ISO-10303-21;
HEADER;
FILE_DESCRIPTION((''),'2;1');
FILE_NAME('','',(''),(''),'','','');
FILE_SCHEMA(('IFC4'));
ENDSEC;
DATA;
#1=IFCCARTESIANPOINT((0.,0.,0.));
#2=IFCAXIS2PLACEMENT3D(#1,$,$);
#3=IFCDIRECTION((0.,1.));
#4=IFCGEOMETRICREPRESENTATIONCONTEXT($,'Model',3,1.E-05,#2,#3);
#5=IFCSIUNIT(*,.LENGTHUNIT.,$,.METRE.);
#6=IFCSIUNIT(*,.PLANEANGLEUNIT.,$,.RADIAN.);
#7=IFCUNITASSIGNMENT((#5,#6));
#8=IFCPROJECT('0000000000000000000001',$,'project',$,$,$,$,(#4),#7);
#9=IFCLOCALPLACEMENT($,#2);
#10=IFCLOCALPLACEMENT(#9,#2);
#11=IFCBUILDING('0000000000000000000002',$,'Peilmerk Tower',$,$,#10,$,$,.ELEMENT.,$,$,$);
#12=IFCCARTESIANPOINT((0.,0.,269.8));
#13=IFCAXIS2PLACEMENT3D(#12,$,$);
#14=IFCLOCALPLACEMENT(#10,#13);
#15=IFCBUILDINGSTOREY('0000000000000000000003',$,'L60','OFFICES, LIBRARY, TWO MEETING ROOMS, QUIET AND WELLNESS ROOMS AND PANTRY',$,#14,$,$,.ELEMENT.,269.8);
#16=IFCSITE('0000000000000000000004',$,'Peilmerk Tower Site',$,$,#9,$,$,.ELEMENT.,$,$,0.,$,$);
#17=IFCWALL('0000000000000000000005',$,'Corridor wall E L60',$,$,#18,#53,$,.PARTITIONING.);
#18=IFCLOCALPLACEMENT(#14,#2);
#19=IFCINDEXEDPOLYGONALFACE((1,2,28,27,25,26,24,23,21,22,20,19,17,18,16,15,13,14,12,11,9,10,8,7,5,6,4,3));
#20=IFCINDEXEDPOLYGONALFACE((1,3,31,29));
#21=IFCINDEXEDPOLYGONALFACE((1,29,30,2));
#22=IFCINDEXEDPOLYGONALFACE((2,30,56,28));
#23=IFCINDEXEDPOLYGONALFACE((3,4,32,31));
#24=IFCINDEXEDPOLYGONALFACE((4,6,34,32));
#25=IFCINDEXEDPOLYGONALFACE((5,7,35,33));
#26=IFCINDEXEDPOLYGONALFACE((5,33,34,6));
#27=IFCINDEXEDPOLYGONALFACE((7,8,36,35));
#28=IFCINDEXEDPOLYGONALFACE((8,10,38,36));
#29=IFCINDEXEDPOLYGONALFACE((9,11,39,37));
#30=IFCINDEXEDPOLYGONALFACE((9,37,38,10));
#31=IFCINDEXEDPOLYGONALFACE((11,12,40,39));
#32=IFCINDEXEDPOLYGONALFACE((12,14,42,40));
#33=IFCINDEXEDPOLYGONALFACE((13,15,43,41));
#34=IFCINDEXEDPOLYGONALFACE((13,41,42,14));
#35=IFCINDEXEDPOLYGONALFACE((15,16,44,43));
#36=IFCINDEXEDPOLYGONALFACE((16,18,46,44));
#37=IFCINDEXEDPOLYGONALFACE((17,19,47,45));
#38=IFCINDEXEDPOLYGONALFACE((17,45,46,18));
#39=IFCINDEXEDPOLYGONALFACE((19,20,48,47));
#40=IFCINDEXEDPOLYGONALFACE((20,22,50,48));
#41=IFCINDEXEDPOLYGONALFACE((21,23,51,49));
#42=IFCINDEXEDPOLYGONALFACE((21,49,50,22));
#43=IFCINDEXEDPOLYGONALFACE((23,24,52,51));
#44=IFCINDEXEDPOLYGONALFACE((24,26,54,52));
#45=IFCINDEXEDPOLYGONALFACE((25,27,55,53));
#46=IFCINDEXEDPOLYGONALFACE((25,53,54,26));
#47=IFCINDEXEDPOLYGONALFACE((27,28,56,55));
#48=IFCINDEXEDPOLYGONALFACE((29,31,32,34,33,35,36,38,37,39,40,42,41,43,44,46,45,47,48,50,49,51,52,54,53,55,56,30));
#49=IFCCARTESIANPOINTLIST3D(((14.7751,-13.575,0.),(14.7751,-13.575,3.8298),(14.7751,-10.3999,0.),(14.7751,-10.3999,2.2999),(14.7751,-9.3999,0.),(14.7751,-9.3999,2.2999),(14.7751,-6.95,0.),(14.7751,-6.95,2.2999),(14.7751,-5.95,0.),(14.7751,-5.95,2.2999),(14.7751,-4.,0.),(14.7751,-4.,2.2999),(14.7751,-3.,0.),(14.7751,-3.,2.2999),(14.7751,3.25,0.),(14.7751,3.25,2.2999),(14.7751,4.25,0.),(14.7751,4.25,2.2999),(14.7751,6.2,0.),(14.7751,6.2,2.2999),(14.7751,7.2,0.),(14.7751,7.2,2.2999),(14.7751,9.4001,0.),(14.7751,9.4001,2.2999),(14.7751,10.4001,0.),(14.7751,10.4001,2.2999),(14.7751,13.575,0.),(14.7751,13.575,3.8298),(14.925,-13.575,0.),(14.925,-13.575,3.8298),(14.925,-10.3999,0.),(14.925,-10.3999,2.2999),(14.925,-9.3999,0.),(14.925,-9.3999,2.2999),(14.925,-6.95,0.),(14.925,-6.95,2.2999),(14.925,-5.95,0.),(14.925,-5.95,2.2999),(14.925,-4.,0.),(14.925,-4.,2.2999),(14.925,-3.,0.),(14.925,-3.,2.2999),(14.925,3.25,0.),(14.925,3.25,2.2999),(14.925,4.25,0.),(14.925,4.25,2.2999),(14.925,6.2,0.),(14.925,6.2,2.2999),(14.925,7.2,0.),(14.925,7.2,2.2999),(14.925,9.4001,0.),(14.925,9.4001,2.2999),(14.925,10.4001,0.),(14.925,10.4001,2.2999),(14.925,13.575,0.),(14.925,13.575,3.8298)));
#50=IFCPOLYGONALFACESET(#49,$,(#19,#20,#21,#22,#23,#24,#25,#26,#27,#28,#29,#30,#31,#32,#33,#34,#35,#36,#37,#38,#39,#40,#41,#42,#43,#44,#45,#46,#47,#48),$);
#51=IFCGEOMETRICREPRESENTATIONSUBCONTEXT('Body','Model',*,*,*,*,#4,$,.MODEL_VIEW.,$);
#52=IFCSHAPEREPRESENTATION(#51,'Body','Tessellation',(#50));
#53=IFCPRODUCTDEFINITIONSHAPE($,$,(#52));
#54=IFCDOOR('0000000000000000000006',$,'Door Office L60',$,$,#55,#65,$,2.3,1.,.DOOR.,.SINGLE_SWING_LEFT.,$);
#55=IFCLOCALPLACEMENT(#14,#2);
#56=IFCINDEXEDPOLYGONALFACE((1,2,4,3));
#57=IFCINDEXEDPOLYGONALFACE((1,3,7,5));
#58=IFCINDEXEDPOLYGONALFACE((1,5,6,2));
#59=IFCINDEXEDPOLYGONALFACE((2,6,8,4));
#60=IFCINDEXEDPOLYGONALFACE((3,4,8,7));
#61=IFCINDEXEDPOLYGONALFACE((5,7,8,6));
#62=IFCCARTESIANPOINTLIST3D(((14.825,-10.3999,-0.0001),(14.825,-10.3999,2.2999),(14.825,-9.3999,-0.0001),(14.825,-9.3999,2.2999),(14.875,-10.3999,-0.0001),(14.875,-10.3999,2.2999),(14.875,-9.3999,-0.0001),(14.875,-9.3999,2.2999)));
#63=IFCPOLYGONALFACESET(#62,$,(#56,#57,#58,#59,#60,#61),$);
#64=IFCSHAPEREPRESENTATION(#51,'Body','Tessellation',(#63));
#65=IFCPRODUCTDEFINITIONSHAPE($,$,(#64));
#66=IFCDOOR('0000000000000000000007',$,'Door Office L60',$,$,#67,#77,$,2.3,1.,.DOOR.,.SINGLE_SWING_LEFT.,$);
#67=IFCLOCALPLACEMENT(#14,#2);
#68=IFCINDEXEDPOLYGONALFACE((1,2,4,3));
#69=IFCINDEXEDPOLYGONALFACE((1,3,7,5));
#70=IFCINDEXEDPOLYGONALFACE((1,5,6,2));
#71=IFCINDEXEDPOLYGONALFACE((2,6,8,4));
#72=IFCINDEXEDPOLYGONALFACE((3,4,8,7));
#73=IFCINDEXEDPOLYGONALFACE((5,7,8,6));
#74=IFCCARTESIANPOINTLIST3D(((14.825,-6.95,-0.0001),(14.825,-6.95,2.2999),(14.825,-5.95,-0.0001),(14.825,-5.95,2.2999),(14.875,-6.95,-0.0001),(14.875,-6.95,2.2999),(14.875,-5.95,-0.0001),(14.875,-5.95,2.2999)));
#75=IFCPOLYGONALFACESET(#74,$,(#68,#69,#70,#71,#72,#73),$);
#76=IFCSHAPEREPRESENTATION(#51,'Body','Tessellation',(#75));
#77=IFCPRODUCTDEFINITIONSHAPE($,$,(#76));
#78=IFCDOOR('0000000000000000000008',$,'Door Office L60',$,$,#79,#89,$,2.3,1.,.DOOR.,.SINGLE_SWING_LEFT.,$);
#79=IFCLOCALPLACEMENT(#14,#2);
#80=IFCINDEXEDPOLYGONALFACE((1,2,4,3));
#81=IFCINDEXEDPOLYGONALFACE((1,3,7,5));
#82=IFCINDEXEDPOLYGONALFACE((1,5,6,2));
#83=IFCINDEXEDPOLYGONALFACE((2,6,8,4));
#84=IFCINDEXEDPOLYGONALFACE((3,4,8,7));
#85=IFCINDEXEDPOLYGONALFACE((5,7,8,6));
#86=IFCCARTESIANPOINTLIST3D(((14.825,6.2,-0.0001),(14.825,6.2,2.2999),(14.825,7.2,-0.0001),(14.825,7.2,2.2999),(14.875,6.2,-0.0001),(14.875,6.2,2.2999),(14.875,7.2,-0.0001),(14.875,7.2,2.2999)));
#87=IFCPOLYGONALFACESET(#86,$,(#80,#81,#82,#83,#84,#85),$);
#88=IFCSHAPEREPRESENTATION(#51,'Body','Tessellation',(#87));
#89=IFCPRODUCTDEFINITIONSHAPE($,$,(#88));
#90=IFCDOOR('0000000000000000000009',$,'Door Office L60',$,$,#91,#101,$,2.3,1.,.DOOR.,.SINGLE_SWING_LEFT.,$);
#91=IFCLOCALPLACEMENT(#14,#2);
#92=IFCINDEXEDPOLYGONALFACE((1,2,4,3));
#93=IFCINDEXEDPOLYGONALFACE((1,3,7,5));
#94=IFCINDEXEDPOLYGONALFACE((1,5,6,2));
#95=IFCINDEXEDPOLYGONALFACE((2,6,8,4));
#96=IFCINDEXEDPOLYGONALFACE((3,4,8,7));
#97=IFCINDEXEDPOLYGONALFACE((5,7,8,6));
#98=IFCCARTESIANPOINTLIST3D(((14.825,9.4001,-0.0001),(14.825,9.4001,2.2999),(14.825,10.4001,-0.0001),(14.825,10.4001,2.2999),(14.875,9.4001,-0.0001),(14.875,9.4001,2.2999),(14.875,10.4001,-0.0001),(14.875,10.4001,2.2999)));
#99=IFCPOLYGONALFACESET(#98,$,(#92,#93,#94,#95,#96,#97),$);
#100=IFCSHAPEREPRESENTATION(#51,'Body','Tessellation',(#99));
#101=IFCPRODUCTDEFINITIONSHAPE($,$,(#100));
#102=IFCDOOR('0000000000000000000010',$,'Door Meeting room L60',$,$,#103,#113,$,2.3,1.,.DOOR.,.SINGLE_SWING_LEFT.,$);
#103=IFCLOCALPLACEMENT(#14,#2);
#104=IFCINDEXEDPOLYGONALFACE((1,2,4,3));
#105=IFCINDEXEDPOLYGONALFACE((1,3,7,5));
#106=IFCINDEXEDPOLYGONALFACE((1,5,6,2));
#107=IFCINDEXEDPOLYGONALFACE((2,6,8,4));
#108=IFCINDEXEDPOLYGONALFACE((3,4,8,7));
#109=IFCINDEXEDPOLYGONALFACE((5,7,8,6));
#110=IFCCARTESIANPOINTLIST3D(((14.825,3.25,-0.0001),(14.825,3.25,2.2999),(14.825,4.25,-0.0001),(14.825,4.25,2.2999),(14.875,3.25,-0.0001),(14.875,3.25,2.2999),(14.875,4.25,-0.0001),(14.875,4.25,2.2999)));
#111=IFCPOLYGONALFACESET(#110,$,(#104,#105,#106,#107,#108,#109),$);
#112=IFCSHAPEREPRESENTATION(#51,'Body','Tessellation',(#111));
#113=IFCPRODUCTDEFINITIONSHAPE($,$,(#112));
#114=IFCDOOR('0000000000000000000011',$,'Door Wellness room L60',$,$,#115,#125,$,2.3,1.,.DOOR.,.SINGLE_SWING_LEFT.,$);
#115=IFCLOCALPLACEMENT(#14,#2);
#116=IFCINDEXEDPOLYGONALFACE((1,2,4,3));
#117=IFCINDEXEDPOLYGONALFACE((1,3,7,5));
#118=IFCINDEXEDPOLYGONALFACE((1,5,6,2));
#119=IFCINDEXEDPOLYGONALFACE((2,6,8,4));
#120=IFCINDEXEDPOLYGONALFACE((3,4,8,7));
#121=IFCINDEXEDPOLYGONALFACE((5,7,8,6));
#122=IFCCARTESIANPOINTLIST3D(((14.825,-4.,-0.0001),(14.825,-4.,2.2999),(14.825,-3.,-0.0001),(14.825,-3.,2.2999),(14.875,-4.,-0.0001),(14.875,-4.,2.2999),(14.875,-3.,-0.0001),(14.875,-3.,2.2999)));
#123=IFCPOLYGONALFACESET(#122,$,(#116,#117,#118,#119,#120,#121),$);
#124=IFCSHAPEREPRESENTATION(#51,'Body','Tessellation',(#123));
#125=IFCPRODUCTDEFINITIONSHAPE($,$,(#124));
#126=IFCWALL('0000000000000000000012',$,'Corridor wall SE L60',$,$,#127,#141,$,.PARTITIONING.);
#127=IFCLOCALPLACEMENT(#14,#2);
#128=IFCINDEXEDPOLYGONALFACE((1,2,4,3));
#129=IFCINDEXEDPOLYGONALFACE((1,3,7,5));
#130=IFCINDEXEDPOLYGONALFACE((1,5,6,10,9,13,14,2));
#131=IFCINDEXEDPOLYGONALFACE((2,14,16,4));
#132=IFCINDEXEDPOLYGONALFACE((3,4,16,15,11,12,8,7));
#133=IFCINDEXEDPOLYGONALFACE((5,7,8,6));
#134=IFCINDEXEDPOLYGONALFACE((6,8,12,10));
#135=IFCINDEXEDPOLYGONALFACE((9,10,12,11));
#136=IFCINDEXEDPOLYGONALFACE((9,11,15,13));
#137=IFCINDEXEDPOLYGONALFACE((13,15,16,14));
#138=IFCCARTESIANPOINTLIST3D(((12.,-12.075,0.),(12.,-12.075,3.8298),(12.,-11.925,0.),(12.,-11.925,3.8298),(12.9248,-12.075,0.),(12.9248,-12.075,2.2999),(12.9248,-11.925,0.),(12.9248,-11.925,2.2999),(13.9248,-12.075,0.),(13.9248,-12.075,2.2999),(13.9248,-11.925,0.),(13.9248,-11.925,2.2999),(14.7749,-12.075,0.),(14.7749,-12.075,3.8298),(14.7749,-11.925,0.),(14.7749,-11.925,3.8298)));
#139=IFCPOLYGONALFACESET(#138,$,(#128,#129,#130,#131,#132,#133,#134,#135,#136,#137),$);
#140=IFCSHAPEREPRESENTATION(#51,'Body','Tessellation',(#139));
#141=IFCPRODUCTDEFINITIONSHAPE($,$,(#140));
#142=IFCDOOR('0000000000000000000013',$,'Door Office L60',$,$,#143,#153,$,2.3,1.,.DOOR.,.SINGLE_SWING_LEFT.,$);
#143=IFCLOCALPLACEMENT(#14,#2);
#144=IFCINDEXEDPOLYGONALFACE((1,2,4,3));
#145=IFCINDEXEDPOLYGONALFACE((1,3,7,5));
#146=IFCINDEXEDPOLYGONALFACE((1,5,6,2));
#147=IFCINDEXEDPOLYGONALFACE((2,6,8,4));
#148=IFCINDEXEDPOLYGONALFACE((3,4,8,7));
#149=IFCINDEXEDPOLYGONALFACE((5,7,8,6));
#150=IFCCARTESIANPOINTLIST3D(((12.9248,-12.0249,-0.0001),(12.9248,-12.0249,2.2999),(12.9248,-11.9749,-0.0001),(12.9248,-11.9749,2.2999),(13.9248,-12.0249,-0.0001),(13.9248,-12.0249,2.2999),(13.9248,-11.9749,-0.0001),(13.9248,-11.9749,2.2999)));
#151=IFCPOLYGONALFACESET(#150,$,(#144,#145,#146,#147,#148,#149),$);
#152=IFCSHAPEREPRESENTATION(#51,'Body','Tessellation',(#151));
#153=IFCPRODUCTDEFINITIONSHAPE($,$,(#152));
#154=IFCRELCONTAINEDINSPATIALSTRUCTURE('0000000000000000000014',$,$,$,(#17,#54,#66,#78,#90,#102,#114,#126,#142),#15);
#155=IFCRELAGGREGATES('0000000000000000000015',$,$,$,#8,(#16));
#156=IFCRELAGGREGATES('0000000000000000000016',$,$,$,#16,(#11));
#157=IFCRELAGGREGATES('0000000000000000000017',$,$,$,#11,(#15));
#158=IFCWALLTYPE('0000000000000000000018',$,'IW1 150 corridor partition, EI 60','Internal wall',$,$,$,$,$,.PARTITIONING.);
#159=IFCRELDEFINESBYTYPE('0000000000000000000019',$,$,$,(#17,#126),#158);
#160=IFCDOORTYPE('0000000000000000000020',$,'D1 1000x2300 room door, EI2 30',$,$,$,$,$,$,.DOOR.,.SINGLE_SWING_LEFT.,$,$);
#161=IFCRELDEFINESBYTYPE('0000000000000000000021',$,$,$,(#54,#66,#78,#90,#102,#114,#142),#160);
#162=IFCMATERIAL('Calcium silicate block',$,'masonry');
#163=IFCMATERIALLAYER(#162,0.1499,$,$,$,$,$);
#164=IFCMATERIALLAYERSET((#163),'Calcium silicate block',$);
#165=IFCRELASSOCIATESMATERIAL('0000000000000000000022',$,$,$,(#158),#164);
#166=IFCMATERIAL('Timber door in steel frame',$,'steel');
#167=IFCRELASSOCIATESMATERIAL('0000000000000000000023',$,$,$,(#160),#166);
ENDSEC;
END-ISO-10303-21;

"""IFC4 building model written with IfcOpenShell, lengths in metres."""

from ifc_helpers import new_model, si_unit, direction, frame, frame_2d, origin, place, context, subcontext, project, spatial, rectangle, extrude, material, layer, layer_set, type_object, element, fill, save


model = new_model("IFC4")

# Units and contexts
model_context = context("Model", 3, precision=1e-05, world=origin(), true_north=direction((0.0, 1.0)))
body_context = subcontext(model_context, "Body", "Model", "MODEL_VIEW")
ifc_project = project(units=[si_unit("LENGTHUNIT", "METRE"), si_unit("PLANEANGLEUNIT", "RADIAN")], contexts=[model_context])

# Site, building, storey
site_placement = place(None, origin())
site = spatial("IfcSite", under=ifc_project, at=site_placement, Name="Peilmerk Tower Site", CompositionType="ELEMENT", RefElevation=0.0)
building_placement = place(site_placement, origin())
building = spatial("IfcBuilding", under=site, at=building_placement, Name="Peilmerk Tower", CompositionType="ELEMENT")
storey_placement = place(building_placement, frame((0.0, 0.0, 269.8)))
storey = spatial("IfcBuildingStorey", under=building, at=storey_placement, Name="L60", Description="OFFICES, LIBRARY, TWO MEETING ROOMS, QUIET AND WELLNESS ROOMS AND PANTRY", CompositionType="ELEMENT", Elevation=269.8)

# Wall, openings, doors
ifc_material_1 = material(Name="Calcium silicate block", Category="masonry")
ifc_layer_1 = layer(ifc_material_1, 0.1499)
ifc_layer_set_1 = layer_set([ifc_layer_1], Name="Calcium silicate block")
wall_type_1 = type_object("IfcWallType", Name="IW1 150 corridor partition, EI 60", Description="Internal wall", PredefinedType="PARTITIONING", material=ifc_layer_set_1)
wall_1_placement = place(storey_placement, frame((14.8501, -13.575, 0.0), z_axis=(0.0, 0.0, 1.0), x_axis=(0.0, 1.0, 0.0)))
wall_1 = element("IfcWall", 1, at=wall_1_placement, inside=storey, type_object=wall_type_1, Name="Corridor wall E L60", PredefinedType="PARTITIONING", context=body_context, shape_type="SweptSolid", body=[
    extrude(rectangle(XDim=27.1499, YDim=0.1499, at=frame_2d((13.575, 0.0))), origin(), (0.0, 0.0, 1.0), 3.8298),
])
opening_1_placement = place(wall_1_placement, frame((3.175, 0.0, 0.0)))
opening_1 = element("IfcOpeningElement", 2, at=opening_1_placement, cuts=wall_1, PredefinedType="OPENING", context=body_context, shape_type="SweptSolid", body=[
    extrude(rectangle(XDim=1.0, YDim=2.3, at=frame_2d((0.5, 1.1499))), frame((0.0, 0.085, 0.0), z_axis=(0.0, -1.0, 0.0), x_axis=(1.0, 0.0, 0.0)), (0.0, 0.0, 1.0), 0.1699),
])
opening_2_placement = place(wall_1_placement, frame((6.625, 0.0, 0.0)))
opening_2 = element("IfcOpeningElement", 3, at=opening_2_placement, cuts=wall_1, PredefinedType="OPENING", context=body_context, shape_type="SweptSolid", body=[
    extrude(rectangle(XDim=1.0, YDim=2.3, at=frame_2d((0.5, 1.1499))), frame((0.0, 0.085, 0.0), z_axis=(0.0, -1.0, 0.0), x_axis=(1.0, 0.0, 0.0)), (0.0, 0.0, 1.0), 0.1699),
])
opening_3_placement = place(wall_1_placement, frame((19.7749, 0.0, 0.0)))
opening_3 = element("IfcOpeningElement", 4, at=opening_3_placement, cuts=wall_1, PredefinedType="OPENING", context=body_context, shape_type="SweptSolid", body=[
    extrude(rectangle(XDim=1.0, YDim=2.3, at=frame_2d((0.5, 1.1499))), frame((0.0, 0.085, 0.0), z_axis=(0.0, -1.0, 0.0), x_axis=(1.0, 0.0, 0.0)), (0.0, 0.0, 1.0), 0.1699),
])
opening_4_placement = place(wall_1_placement, frame((22.9751, 0.0, 0.0)))
opening_4 = element("IfcOpeningElement", 5, at=opening_4_placement, cuts=wall_1, PredefinedType="OPENING", context=body_context, shape_type="SweptSolid", body=[
    extrude(rectangle(XDim=1.0, YDim=2.3, at=frame_2d((0.5, 1.1499))), frame((0.0, 0.085, 0.0), z_axis=(0.0, -1.0, 0.0), x_axis=(1.0, 0.0, 0.0)), (0.0, 0.0, 1.0), 0.1699),
])
opening_5_placement = place(wall_1_placement, frame((16.825, 0.0, 0.0)))
opening_5 = element("IfcOpeningElement", 6, at=opening_5_placement, cuts=wall_1, PredefinedType="OPENING", context=body_context, shape_type="SweptSolid", body=[
    extrude(rectangle(XDim=1.0, YDim=2.3, at=frame_2d((0.5, 1.1499))), frame((0.0, 0.085, 0.0), z_axis=(0.0, -1.0, 0.0), x_axis=(1.0, 0.0, 0.0)), (0.0, 0.0, 1.0), 0.1699),
])
opening_6_placement = place(wall_1_placement, frame((9.575, 0.0, 0.0)))
opening_6 = element("IfcOpeningElement", 7, at=opening_6_placement, cuts=wall_1, PredefinedType="OPENING", context=body_context, shape_type="SweptSolid", body=[
    extrude(rectangle(XDim=1.0, YDim=2.3, at=frame_2d((0.5, 1.1499))), frame((0.0, 0.085, 0.0), z_axis=(0.0, -1.0, 0.0), x_axis=(1.0, 0.0, 0.0)), (0.0, 0.0, 1.0), 0.1699),
])
ifc_material_2 = material(Name="Timber door in steel frame", Category="steel")
door_type = type_object("IfcDoorType", Name="D1 1000x2300 room door, EI2 30", OperationType="SINGLE_SWING_LEFT", PredefinedType="DOOR", material=ifc_material_2)
door_1_placement = place(opening_1_placement, frame((1.0, 0.0, 0.0), z_axis=(0.0, 0.0, 1.0), x_axis=(-1.0, 0.0, 0.0)))
door_1 = element("IfcDoor", 8, at=door_1_placement, inside=storey, type_object=door_type, Name="Door Office L60", OperationType="SINGLE_SWING_LEFT", OverallHeight=2.3, OverallWidth=1.0, PredefinedType="DOOR", context=body_context, shape_type="SweptSolid", body=[
    extrude(rectangle(XDim=1.0, YDim=2.3, at=frame_2d((0.5, 1.1499))), frame((0.0, 0.0249, 0.0), z_axis=(0.0, -1.0, 0.0), x_axis=(1.0, 0.0, 0.0)), (0.0, 0.0, 1.0), 0.05),
])
fill(opening_1, door_1)
door_2_placement = place(opening_2_placement, frame((1.0, 0.0, 0.0), z_axis=(0.0, 0.0, 1.0), x_axis=(-1.0, 0.0, 0.0)))
door_2 = element("IfcDoor", 9, at=door_2_placement, inside=storey, type_object=door_type, Name="Door Office L60", OperationType="SINGLE_SWING_LEFT", OverallHeight=2.3, OverallWidth=1.0, PredefinedType="DOOR", context=body_context, shape_type="SweptSolid", body=[
    extrude(rectangle(XDim=1.0, YDim=2.3, at=frame_2d((0.5, 1.1499))), frame((0.0, 0.0249, 0.0), z_axis=(0.0, -1.0, 0.0), x_axis=(1.0, 0.0, 0.0)), (0.0, 0.0, 1.0), 0.05),
])
fill(opening_2, door_2)
door_3_placement = place(opening_3_placement, frame((1.0, 0.0, 0.0), z_axis=(0.0, 0.0, 1.0), x_axis=(-1.0, 0.0, 0.0)))
door_3 = element("IfcDoor", 10, at=door_3_placement, inside=storey, type_object=door_type, Name="Door Office L60", OperationType="SINGLE_SWING_LEFT", OverallHeight=2.3, OverallWidth=1.0, PredefinedType="DOOR", context=body_context, shape_type="SweptSolid", body=[
    extrude(rectangle(XDim=1.0, YDim=2.3, at=frame_2d((0.5, 1.1499))), frame((0.0, 0.0249, 0.0), z_axis=(0.0, -1.0, 0.0), x_axis=(1.0, 0.0, 0.0)), (0.0, 0.0, 1.0), 0.05),
])
fill(opening_3, door_3)
door_4_placement = place(opening_4_placement, frame((1.0, 0.0, 0.0), z_axis=(0.0, 0.0, 1.0), x_axis=(-1.0, 0.0, 0.0)))
door_4 = element("IfcDoor", 11, at=door_4_placement, inside=storey, type_object=door_type, Name="Door Office L60", OperationType="SINGLE_SWING_LEFT", OverallHeight=2.3, OverallWidth=1.0, PredefinedType="DOOR", context=body_context, shape_type="SweptSolid", body=[
    extrude(rectangle(XDim=1.0, YDim=2.3, at=frame_2d((0.5, 1.1499))), frame((0.0, 0.0249, 0.0), z_axis=(0.0, -1.0, 0.0), x_axis=(1.0, 0.0, 0.0)), (0.0, 0.0, 1.0), 0.05),
])
fill(opening_4, door_4)
door_5_placement = place(opening_5_placement, frame((1.0, 0.0, 0.0), z_axis=(0.0, 0.0, 1.0), x_axis=(-1.0, 0.0, 0.0)))
door_5 = element("IfcDoor", 12, at=door_5_placement, inside=storey, type_object=door_type, Name="Door Meeting room L60", OperationType="SINGLE_SWING_LEFT", OverallHeight=2.3, OverallWidth=1.0, PredefinedType="DOOR", context=body_context, shape_type="SweptSolid", body=[
    extrude(rectangle(XDim=1.0, YDim=2.3, at=frame_2d((0.5, 1.1499))), frame((0.0, 0.0249, 0.0), z_axis=(0.0, -1.0, 0.0), x_axis=(1.0, 0.0, 0.0)), (0.0, 0.0, 1.0), 0.05),
])
fill(opening_5, door_5)
door_6_placement = place(opening_6_placement, frame((1.0, 0.0, 0.0), z_axis=(0.0, 0.0, 1.0), x_axis=(-1.0, 0.0, 0.0)))
door_6 = element("IfcDoor", 13, at=door_6_placement, inside=storey, type_object=door_type, Name="Door Wellness room L60", OperationType="SINGLE_SWING_LEFT", OverallHeight=2.3, OverallWidth=1.0, PredefinedType="DOOR", context=body_context, shape_type="SweptSolid", body=[
    extrude(rectangle(XDim=1.0, YDim=2.3, at=frame_2d((0.5, 1.1499))), frame((0.0, 0.0249, 0.0), z_axis=(0.0, -1.0, 0.0), x_axis=(1.0, 0.0, 0.0)), (0.0, 0.0, 1.0), 0.05),
])
fill(opening_6, door_6)

# Wall, opening, door
wall_2_placement = place(storey_placement, frame((14.7749, -12.0, 0.0), z_axis=(0.0, 0.0, 1.0), x_axis=(-1.0, 0.0, 0.0)))
wall_2 = element("IfcWall", 14, at=wall_2_placement, inside=storey, type_object=wall_type_1, Name="Corridor wall SE L60", PredefinedType="PARTITIONING", context=body_context, shape_type="SweptSolid", body=[
    extrude(rectangle(XDim=2.7749, YDim=0.1499, at=frame_2d((1.3875, 0.0))), origin(), (0.0, 0.0, 1.0), 3.8298),
])
opening_7_placement = place(wall_2_placement, frame((0.8501, 0.0, 0.0)))
opening_7 = element("IfcOpeningElement", 15, at=opening_7_placement, cuts=wall_2, PredefinedType="OPENING", context=body_context, shape_type="SweptSolid", body=[
    extrude(rectangle(XDim=1.0, YDim=2.3, at=frame_2d((0.5, 1.1499))), frame((0.0, 0.085, 0.0), z_axis=(0.0, -1.0, 0.0), x_axis=(1.0, 0.0, 0.0)), (0.0, 0.0, 1.0), 0.1699),
])
door_7_placement = place(opening_7_placement, origin())
door_7 = element("IfcDoor", 16, at=door_7_placement, inside=storey, type_object=door_type, Name="Door Office L60", OperationType="SINGLE_SWING_LEFT", OverallHeight=2.3, OverallWidth=1.0, PredefinedType="DOOR", context=body_context, shape_type="SweptSolid", body=[
    extrude(rectangle(XDim=1.0, YDim=2.3, at=frame_2d((0.5, 1.1499))), frame((0.0, 0.0249, 0.0), z_axis=(0.0, -1.0, 0.0), x_axis=(1.0, 0.0, 0.0)), (0.0, 0.0, 1.0), 0.05),
])
fill(opening_7, door_7)

save(model, "model.ifc")
